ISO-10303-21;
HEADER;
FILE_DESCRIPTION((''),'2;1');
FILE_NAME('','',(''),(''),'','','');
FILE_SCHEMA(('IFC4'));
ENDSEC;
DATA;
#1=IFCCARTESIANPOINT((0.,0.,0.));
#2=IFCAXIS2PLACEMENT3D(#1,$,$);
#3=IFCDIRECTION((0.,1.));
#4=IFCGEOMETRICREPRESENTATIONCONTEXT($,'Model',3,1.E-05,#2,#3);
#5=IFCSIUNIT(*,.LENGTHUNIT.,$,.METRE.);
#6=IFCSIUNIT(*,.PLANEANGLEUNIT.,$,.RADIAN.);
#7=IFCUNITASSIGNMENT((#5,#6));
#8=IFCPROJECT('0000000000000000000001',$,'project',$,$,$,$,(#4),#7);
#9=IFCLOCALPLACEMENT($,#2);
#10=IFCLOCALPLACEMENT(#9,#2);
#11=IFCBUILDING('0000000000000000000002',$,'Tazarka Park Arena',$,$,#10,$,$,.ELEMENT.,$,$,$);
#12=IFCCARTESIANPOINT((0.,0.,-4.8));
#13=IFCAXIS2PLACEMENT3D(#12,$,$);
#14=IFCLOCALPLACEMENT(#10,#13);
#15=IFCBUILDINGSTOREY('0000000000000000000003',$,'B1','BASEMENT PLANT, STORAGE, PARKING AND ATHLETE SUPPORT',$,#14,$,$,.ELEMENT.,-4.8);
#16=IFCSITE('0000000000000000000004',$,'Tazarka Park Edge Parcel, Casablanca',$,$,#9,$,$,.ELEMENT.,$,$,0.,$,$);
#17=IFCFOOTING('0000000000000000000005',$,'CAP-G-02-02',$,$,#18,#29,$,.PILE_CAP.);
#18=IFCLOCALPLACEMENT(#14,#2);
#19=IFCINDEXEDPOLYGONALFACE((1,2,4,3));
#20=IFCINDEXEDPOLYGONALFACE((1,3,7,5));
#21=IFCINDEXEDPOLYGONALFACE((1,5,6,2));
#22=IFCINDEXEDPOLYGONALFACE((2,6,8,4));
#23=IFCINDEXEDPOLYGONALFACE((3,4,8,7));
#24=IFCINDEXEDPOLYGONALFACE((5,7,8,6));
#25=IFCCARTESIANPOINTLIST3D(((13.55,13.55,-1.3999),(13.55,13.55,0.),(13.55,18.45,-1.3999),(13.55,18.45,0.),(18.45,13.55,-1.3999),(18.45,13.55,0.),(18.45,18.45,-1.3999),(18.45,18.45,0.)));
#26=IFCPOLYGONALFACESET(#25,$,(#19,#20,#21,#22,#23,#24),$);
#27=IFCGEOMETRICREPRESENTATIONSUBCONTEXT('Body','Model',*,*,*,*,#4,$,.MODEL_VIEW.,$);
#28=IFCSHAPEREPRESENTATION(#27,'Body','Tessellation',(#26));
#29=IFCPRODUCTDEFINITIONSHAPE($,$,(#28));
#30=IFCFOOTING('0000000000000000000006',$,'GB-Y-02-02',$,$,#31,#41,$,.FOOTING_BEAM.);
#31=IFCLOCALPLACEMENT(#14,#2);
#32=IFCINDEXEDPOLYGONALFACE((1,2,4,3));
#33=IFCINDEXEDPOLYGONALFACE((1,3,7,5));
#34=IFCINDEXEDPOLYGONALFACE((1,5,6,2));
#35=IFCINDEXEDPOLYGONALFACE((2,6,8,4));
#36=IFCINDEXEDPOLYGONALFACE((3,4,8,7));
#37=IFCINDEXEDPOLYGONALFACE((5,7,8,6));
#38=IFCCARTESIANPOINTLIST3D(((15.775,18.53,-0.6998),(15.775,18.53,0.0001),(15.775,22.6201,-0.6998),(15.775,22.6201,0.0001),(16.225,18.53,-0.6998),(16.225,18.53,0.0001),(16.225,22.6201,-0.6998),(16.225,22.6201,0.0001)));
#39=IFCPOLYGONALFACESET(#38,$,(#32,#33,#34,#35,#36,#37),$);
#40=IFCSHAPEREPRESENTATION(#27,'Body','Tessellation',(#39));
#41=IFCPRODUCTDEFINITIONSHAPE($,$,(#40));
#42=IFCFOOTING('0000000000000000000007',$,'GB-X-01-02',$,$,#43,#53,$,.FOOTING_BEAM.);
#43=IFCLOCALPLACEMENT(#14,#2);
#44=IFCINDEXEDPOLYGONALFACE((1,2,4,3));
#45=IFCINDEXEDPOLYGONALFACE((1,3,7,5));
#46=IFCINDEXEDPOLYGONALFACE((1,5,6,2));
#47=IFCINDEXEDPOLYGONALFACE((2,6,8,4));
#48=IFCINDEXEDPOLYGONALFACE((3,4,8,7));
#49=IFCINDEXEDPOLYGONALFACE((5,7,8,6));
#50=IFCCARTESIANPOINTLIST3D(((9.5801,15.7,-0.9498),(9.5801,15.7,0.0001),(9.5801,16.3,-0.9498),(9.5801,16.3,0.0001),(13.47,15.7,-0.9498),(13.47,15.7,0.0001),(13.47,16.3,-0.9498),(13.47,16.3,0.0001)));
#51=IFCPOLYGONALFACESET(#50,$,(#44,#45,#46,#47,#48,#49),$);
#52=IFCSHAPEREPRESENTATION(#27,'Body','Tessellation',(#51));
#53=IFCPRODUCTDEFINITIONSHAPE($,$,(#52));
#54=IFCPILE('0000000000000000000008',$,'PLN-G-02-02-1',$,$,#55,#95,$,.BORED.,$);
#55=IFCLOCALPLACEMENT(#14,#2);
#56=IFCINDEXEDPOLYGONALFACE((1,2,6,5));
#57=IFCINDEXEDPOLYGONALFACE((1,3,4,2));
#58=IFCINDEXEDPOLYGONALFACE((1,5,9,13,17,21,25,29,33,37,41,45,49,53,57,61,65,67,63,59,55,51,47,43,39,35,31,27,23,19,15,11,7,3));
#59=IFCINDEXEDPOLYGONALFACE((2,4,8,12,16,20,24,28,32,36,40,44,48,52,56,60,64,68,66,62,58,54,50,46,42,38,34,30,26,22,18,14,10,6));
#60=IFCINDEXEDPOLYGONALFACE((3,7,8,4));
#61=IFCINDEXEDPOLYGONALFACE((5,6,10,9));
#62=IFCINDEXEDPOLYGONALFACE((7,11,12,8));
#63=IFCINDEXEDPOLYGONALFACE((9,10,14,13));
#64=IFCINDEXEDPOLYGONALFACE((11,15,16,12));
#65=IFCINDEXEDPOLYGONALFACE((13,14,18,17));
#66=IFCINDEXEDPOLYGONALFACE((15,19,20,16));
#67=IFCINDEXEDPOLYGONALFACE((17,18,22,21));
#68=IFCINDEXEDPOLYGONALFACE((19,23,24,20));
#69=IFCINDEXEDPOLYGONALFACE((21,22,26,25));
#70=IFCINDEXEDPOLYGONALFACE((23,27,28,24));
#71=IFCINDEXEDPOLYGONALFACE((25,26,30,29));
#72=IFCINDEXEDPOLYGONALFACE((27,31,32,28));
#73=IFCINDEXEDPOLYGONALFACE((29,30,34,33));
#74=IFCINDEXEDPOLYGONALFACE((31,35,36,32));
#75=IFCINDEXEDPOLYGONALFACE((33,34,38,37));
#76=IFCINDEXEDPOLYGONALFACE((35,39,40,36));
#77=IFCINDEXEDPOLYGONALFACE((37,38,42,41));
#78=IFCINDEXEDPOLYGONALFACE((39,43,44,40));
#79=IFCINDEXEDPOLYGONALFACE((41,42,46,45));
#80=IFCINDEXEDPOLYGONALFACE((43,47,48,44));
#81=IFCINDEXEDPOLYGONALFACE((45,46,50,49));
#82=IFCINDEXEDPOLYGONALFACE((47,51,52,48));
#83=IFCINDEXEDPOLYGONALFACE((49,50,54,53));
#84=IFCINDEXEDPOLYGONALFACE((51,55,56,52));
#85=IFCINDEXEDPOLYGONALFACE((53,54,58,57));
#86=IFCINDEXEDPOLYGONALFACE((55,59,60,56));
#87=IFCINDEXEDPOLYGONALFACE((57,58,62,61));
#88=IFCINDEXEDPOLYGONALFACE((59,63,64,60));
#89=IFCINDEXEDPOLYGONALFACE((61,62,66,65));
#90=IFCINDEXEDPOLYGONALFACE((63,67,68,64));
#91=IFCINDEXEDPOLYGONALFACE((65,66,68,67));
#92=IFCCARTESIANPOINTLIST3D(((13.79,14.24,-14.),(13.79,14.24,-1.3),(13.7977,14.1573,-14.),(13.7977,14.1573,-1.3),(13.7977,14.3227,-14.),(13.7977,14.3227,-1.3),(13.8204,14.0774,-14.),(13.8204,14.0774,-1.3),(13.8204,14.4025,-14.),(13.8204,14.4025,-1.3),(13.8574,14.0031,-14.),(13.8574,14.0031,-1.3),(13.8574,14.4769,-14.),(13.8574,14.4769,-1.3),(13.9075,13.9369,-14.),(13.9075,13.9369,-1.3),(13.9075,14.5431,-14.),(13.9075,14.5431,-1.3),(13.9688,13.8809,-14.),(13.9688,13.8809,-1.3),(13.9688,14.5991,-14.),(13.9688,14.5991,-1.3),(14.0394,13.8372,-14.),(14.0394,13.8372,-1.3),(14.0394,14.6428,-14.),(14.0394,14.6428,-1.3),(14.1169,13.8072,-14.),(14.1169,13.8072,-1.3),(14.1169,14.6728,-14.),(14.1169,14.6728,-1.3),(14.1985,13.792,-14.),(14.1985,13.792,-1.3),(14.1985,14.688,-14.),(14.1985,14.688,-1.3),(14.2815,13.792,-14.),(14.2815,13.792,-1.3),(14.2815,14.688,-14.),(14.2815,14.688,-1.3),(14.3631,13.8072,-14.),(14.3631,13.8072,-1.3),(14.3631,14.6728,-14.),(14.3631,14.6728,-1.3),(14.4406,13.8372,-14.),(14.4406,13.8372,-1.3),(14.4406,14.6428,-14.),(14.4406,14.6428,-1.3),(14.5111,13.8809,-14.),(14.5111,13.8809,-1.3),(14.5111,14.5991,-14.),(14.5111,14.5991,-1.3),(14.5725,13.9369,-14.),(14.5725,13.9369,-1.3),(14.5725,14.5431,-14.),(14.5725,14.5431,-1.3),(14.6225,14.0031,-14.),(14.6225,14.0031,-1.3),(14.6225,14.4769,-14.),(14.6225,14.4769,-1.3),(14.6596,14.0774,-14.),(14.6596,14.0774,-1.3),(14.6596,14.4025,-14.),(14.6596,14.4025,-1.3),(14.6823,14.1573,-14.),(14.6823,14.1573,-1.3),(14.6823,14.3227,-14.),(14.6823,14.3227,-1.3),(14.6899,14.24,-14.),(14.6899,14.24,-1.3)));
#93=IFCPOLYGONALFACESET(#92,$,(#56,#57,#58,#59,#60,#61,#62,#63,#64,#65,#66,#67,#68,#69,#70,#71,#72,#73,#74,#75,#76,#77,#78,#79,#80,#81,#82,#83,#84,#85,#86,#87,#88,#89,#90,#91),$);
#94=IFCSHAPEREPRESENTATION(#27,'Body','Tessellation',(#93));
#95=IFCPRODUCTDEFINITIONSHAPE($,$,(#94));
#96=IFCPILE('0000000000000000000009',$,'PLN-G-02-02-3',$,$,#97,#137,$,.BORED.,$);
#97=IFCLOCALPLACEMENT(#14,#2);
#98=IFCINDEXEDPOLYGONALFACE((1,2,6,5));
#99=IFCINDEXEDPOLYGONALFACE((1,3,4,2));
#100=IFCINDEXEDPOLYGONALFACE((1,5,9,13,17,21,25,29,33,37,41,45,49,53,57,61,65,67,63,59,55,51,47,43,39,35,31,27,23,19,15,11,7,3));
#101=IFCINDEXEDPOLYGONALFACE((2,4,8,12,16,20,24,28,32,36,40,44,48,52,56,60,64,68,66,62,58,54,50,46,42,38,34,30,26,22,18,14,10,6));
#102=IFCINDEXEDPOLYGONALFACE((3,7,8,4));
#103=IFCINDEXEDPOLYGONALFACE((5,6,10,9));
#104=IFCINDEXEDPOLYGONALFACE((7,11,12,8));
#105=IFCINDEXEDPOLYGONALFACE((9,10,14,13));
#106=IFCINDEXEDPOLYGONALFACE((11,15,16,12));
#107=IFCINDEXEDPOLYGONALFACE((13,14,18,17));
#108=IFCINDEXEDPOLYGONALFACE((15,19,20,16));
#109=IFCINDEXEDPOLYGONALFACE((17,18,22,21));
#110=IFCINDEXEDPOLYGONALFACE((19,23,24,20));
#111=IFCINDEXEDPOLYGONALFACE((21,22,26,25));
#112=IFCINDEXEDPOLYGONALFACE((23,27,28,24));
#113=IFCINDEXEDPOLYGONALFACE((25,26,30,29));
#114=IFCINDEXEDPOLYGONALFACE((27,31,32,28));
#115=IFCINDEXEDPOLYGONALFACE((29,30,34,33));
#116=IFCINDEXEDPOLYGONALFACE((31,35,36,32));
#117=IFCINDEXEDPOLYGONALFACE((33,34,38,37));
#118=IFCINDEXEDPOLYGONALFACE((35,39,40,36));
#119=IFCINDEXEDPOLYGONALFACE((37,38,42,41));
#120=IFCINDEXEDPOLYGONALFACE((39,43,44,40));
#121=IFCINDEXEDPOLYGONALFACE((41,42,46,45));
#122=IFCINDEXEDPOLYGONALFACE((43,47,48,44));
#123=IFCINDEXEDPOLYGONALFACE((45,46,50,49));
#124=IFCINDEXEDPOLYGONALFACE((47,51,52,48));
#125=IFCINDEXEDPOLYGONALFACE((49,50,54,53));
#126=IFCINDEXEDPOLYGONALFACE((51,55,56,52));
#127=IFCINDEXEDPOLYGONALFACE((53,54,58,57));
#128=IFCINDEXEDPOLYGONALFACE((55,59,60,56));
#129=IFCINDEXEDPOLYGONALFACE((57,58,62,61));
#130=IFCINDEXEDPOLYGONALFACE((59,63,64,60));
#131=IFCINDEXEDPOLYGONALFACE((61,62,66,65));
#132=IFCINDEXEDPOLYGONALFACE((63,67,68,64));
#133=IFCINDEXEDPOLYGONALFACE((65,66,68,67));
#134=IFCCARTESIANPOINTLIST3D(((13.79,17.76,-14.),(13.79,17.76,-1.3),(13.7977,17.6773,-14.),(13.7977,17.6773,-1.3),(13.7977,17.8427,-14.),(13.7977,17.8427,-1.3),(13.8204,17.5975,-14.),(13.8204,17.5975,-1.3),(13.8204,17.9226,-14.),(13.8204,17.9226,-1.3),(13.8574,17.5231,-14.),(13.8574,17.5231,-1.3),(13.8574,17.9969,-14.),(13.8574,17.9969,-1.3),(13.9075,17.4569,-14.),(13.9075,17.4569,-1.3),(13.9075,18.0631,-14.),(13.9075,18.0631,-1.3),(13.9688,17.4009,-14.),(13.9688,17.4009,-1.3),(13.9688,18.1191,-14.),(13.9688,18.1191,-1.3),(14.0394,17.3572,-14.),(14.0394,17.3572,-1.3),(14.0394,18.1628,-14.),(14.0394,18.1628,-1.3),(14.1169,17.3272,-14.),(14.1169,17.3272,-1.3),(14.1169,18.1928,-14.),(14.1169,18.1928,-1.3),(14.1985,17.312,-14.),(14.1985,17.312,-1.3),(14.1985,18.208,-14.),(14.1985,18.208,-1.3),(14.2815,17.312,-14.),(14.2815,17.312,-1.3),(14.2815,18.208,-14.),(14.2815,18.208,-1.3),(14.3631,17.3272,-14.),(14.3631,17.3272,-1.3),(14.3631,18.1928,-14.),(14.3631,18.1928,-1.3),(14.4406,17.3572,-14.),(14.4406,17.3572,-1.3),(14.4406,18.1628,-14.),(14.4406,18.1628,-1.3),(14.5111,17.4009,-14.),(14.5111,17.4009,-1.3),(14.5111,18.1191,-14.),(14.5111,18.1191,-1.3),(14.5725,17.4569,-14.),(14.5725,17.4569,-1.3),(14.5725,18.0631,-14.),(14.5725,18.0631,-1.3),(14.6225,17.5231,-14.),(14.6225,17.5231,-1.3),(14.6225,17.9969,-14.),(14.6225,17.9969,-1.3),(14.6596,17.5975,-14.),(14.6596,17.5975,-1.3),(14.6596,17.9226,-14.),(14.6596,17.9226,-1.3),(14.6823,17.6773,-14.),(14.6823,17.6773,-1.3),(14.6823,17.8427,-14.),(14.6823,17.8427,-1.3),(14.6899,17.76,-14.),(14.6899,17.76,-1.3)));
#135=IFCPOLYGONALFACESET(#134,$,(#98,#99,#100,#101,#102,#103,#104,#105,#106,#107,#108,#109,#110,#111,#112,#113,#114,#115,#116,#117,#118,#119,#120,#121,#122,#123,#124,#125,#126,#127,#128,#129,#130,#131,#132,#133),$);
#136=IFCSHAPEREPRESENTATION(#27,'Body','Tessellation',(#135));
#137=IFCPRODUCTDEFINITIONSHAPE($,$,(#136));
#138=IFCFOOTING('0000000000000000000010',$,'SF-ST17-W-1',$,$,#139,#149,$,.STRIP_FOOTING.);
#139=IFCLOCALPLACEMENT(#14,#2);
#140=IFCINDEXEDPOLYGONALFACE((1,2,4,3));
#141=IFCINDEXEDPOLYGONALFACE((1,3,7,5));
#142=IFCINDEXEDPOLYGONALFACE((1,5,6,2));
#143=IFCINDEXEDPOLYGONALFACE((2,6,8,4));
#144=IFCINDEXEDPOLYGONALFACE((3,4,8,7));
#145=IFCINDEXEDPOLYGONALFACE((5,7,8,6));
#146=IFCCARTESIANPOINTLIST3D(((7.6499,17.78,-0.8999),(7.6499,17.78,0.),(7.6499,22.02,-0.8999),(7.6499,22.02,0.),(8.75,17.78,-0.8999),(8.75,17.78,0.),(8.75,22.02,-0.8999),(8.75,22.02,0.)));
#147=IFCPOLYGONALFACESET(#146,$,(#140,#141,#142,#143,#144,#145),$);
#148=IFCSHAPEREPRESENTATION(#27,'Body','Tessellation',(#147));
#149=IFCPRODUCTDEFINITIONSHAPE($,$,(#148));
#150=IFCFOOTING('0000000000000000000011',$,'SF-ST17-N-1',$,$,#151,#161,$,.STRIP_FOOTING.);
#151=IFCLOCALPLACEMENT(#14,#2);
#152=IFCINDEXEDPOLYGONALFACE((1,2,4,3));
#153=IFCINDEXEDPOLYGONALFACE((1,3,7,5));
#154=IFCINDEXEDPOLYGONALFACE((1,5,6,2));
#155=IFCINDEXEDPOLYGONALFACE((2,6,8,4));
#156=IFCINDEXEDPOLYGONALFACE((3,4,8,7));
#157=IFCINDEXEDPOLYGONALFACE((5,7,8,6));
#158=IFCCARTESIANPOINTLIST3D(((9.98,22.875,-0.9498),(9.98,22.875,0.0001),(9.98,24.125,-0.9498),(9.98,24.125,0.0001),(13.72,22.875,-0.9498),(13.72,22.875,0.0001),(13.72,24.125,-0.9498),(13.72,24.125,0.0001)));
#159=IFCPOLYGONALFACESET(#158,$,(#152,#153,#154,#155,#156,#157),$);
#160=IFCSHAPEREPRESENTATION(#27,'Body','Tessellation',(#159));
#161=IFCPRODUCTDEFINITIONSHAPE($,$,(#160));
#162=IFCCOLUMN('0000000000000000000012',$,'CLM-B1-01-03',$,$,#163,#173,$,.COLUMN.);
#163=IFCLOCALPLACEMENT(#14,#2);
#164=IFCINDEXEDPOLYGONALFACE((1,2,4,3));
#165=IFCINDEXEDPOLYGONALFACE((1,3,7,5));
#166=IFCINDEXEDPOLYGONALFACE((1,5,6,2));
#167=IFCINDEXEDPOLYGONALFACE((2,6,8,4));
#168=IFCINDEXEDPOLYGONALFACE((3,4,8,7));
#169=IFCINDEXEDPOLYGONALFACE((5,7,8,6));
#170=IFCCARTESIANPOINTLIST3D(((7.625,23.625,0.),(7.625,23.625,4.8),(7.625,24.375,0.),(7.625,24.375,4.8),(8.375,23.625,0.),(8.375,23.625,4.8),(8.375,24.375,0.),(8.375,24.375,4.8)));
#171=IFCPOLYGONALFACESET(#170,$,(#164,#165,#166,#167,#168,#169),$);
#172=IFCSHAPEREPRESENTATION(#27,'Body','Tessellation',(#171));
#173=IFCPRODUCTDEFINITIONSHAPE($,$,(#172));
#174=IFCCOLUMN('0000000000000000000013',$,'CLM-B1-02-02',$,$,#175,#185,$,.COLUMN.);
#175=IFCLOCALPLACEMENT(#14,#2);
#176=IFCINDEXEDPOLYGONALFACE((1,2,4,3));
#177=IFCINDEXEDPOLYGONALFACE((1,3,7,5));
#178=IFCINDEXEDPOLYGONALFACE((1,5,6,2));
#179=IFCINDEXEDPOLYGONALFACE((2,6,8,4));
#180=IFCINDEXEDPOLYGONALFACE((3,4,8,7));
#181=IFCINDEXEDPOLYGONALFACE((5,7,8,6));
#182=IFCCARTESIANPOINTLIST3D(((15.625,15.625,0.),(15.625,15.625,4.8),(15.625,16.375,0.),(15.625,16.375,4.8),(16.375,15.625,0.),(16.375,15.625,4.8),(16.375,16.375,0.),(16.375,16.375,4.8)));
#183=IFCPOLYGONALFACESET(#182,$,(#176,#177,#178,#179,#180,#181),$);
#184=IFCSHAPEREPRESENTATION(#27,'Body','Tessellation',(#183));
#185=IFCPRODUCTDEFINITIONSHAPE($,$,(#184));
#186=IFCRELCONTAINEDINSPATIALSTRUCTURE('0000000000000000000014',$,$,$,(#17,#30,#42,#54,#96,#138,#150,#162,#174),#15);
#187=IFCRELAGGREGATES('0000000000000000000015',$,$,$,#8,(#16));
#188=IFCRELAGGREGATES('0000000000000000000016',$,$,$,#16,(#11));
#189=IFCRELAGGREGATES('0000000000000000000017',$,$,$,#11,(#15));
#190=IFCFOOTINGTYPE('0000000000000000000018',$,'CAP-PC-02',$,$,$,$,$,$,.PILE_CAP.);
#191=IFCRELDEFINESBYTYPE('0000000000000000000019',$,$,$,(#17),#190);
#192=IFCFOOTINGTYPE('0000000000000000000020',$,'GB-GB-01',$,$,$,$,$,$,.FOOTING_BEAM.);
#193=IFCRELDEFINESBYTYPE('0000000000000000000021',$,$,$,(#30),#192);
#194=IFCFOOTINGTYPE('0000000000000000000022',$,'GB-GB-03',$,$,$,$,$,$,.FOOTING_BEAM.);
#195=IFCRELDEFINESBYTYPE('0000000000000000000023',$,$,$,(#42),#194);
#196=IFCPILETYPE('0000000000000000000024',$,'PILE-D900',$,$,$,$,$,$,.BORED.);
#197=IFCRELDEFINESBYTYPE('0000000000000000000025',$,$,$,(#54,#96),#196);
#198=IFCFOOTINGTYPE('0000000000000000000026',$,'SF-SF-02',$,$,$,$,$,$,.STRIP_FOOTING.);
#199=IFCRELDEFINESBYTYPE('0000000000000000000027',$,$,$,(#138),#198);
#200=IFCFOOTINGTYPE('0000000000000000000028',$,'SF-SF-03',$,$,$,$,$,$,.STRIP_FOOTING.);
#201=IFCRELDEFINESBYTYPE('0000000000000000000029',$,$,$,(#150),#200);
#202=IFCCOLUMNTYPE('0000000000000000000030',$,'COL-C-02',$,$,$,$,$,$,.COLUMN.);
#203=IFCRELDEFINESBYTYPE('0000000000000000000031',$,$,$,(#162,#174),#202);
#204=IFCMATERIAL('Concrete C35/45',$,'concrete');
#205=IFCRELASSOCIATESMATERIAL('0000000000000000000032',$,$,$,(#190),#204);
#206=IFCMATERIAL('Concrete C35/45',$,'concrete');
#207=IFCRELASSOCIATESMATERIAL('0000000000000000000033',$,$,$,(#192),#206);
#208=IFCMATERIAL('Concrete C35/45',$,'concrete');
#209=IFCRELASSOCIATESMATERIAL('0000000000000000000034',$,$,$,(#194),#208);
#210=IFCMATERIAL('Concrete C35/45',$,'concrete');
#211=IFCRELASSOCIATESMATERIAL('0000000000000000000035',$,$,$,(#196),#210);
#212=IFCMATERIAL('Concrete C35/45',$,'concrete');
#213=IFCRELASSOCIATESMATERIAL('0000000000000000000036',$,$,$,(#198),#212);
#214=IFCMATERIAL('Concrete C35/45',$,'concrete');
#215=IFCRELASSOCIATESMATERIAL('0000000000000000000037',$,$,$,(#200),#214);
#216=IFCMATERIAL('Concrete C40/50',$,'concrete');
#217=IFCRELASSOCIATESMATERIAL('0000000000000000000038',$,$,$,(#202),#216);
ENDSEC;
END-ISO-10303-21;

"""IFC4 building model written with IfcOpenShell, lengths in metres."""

from ifc_helpers import new_model, si_unit, direction, frame, origin, origin_2d, place, context, subcontext, project, spatial, rectangle, circle, extrude, material, material_profile, profile_set, type_object, element, save


model = new_model("IFC4")

# Units and contexts
model_context = context("Model", 3, precision=1e-05, world=origin(), true_north=direction((0.0, 1.0)))
body_context = subcontext(model_context, "Body", "Model", "MODEL_VIEW")
ifc_project = project(units=[si_unit("LENGTHUNIT", "METRE"), si_unit("PLANEANGLEUNIT", "RADIAN")], contexts=[model_context])

# Site, building, storey
site_placement = place(None, origin())
site = spatial("IfcSite", under=ifc_project, at=site_placement, Name="Tazarka Park Edge Parcel, Casablanca", CompositionType="ELEMENT", RefElevation=0.0)
building_placement = place(site_placement, origin())
building = spatial("IfcBuilding", under=site, at=building_placement, Name="Tazarka Park Arena", CompositionType="ELEMENT")
storey_placement = place(building_placement, frame((0.0, 0.0, -4.8)))
storey = spatial("IfcBuildingStorey", under=building, at=storey_placement, Name="B1", Description="BASEMENT PLANT, STORAGE, PARKING AND ATHLETE SUPPORT", CompositionType="ELEMENT", Elevation=-4.8)

# Footings
ifc_material_1 = material(Name="Concrete C35/45", Category="concrete")
footing_type_1 = type_object("IfcFootingType", Name="CAP-PC-02", PredefinedType="PILE_CAP", material=ifc_material_1)
footing_1_placement = place(storey_placement, frame((16.0, 16.0, -1.3999), z_axis=(0.0, 0.0, 1.0), x_axis=(1.0, 0.0, 0.0)))
element("IfcFooting", 1, at=footing_1_placement, inside=storey, type_object=footing_type_1, Name="CAP-G-02-02", PredefinedType="PILE_CAP", context=body_context, shape_type="SweptSolid", body=[
    extrude(rectangle(XDim=4.8999, YDim=4.8999, at=origin_2d()), origin(), (0.0, 0.0, 1.0), 1.3999),
])
ifc_material_2 = material(Name="Concrete C35/45", Category="concrete")
ifc_material_profile_1 = material_profile(ifc_material_2, rectangle(XDim=0.45, YDim=0.7, at=origin_2d()), Name="Concrete C35/45")
ifc_profile_set_1 = profile_set([ifc_material_profile_1], Name="Concrete C35/45")
footing_type_2 = type_object("IfcFootingType", Name="GB-GB-01", PredefinedType="FOOTING_BEAM", material=ifc_profile_set_1)
footing_2_placement = place(storey_placement, frame((16.0, 18.53, -0.3499), z_axis=(0.0, 1.0, 0.0), x_axis=(-1.0, 0.0, 0.0)))
element("IfcFooting", 2, at=footing_2_placement, inside=storey, type_object=footing_type_2, Name="GB-Y-02-02", PredefinedType="FOOTING_BEAM", context=body_context, shape_type="SweptSolid", body=[
    extrude(rectangle(XDim=0.45, YDim=0.7, at=origin_2d()), origin(), (0.0, 0.0, 1.0), 4.0901),
])
ifc_material_3 = material(Name="Concrete C35/45", Category="concrete")
ifc_material_profile_2 = material_profile(ifc_material_3, rectangle(XDim=0.6001, YDim=0.95, at=origin_2d()), Name="Concrete C35/45")
ifc_profile_set_2 = profile_set([ifc_material_profile_2], Name="Concrete C35/45")
footing_type_3 = type_object("IfcFootingType", Name="GB-GB-03", PredefinedType="FOOTING_BEAM", material=ifc_profile_set_2)
footing_3_placement = place(storey_placement, frame((9.5801, 16.0, -0.4749), z_axis=(1.0, 0.0, 0.0), x_axis=(0.0, 1.0, 0.0)))
element("IfcFooting", 3, at=footing_3_placement, inside=storey, type_object=footing_type_3, Name="GB-X-01-02", PredefinedType="FOOTING_BEAM", context=body_context, shape_type="SweptSolid", body=[
    extrude(rectangle(XDim=0.6001, YDim=0.95, at=origin_2d()), origin(), (0.0, 0.0, 1.0), 3.8899),
])

# Piles
ifc_material_4 = material(Name="Concrete C35/45", Category="concrete")
ifc_material_profile_3 = material_profile(ifc_material_4, circle(Radius=0.45, at=origin_2d()), Name="Concrete C35/45")
ifc_profile_set_3 = profile_set([ifc_material_profile_3], Name="Concrete C35/45")
pile_type = type_object("IfcPileType", Name="PILE-D900", PredefinedType="BORED", material=ifc_profile_set_3)
for number, where, z_axis, x_axis, name in (
    (4, (14.24, 14.24, -1.3), (0.0, 0.0, -1.0), (1.0, 0.0, 0.0), "PLN-G-02-02-1"),
    (5, (14.24, 17.76, -1.3), (0.0, 0.0, -1.0), (1.0, 0.0, 0.0), "PLN-G-02-02-3"),
):
    element("IfcPile", number, at=place(storey_placement, frame(where, z_axis=z_axis, x_axis=x_axis)), inside=storey, type_object=pile_type, Name=name, PredefinedType="BORED", context=body_context, shape_type="SweptSolid", body=[
        extrude(circle(Radius=0.45, at=origin_2d()), origin(), (0.0, 0.0, 1.0), 12.7),
    ])

# Footings
ifc_material_5 = material(Name="Concrete C35/45", Category="concrete")
ifc_material_profile_4 = material_profile(ifc_material_5, rectangle(XDim=1.1001, YDim=0.8999, at=origin_2d()), Name="Concrete C35/45")
ifc_profile_set_4 = profile_set([ifc_material_profile_4], Name="Concrete C35/45")
footing_type_4 = type_object("IfcFootingType", Name="SF-SF-02", PredefinedType="STRIP_FOOTING", material=ifc_profile_set_4)
footing_4_placement = place(storey_placement, frame((8.2, 17.78, -0.45), z_axis=(0.0, 1.0, 0.0), x_axis=(-1.0, 0.0, 0.0)))
element("IfcFooting", 6, at=footing_4_placement, inside=storey, type_object=footing_type_4, Name="SF-ST17-W-1", PredefinedType="STRIP_FOOTING", context=body_context, shape_type="SweptSolid", body=[
    extrude(rectangle(XDim=1.1001, YDim=0.8999, at=origin_2d()), origin(), (0.0, 0.0, 1.0), 4.24),
])
ifc_material_6 = material(Name="Concrete C35/45", Category="concrete")
ifc_material_profile_5 = material_profile(ifc_material_6, rectangle(XDim=1.25, YDim=0.95, at=origin_2d()), Name="Concrete C35/45")
ifc_profile_set_5 = profile_set([ifc_material_profile_5], Name="Concrete C35/45")
footing_type_5 = type_object("IfcFootingType", Name="SF-SF-03", PredefinedType="STRIP_FOOTING", material=ifc_profile_set_5)
footing_5_placement = place(storey_placement, frame((9.98, 23.5, -0.4749), z_axis=(1.0, 0.0, 0.0), x_axis=(0.0, 1.0, 0.0)))
element("IfcFooting", 7, at=footing_5_placement, inside=storey, type_object=footing_type_5, Name="SF-ST17-N-1", PredefinedType="STRIP_FOOTING", context=body_context, shape_type="SweptSolid", body=[
    extrude(rectangle(XDim=1.25, YDim=0.95, at=origin_2d()), origin(), (0.0, 0.0, 1.0), 3.74),
])

# Columns
ifc_material_7 = material(Name="Concrete C40/50", Category="concrete")
ifc_material_profile_6 = material_profile(ifc_material_7, rectangle(XDim=0.75, YDim=0.75, at=origin_2d()), Name="Concrete C40/50")
ifc_profile_set_6 = profile_set([ifc_material_profile_6], Name="Concrete C40/50")
column_type = type_object("IfcColumnType", Name="COL-C-02", PredefinedType="COLUMN", material=ifc_profile_set_6)
for number, where, z_axis, x_axis, name in (
    (8, (8.0, 24.0, 0.0), (0.0, 0.0, 1.0), (1.0, 0.0, 0.0), "CLM-B1-01-03"),
    (9, (16.0, 16.0, 0.0), (0.0, 0.0, 1.0), (1.0, 0.0, 0.0), "CLM-B1-02-02"),
):
    element("IfcColumn", number, at=place(storey_placement, frame(where, z_axis=z_axis, x_axis=x_axis)), inside=storey, type_object=column_type, Name=name, PredefinedType="COLUMN", context=body_context, shape_type="SweptSolid", body=[
        extrude(rectangle(XDim=0.75, YDim=0.75, at=origin_2d()), origin(), (0.0, 0.0, 1.0), 4.8),
    ])

save(model, "model.ifc")
